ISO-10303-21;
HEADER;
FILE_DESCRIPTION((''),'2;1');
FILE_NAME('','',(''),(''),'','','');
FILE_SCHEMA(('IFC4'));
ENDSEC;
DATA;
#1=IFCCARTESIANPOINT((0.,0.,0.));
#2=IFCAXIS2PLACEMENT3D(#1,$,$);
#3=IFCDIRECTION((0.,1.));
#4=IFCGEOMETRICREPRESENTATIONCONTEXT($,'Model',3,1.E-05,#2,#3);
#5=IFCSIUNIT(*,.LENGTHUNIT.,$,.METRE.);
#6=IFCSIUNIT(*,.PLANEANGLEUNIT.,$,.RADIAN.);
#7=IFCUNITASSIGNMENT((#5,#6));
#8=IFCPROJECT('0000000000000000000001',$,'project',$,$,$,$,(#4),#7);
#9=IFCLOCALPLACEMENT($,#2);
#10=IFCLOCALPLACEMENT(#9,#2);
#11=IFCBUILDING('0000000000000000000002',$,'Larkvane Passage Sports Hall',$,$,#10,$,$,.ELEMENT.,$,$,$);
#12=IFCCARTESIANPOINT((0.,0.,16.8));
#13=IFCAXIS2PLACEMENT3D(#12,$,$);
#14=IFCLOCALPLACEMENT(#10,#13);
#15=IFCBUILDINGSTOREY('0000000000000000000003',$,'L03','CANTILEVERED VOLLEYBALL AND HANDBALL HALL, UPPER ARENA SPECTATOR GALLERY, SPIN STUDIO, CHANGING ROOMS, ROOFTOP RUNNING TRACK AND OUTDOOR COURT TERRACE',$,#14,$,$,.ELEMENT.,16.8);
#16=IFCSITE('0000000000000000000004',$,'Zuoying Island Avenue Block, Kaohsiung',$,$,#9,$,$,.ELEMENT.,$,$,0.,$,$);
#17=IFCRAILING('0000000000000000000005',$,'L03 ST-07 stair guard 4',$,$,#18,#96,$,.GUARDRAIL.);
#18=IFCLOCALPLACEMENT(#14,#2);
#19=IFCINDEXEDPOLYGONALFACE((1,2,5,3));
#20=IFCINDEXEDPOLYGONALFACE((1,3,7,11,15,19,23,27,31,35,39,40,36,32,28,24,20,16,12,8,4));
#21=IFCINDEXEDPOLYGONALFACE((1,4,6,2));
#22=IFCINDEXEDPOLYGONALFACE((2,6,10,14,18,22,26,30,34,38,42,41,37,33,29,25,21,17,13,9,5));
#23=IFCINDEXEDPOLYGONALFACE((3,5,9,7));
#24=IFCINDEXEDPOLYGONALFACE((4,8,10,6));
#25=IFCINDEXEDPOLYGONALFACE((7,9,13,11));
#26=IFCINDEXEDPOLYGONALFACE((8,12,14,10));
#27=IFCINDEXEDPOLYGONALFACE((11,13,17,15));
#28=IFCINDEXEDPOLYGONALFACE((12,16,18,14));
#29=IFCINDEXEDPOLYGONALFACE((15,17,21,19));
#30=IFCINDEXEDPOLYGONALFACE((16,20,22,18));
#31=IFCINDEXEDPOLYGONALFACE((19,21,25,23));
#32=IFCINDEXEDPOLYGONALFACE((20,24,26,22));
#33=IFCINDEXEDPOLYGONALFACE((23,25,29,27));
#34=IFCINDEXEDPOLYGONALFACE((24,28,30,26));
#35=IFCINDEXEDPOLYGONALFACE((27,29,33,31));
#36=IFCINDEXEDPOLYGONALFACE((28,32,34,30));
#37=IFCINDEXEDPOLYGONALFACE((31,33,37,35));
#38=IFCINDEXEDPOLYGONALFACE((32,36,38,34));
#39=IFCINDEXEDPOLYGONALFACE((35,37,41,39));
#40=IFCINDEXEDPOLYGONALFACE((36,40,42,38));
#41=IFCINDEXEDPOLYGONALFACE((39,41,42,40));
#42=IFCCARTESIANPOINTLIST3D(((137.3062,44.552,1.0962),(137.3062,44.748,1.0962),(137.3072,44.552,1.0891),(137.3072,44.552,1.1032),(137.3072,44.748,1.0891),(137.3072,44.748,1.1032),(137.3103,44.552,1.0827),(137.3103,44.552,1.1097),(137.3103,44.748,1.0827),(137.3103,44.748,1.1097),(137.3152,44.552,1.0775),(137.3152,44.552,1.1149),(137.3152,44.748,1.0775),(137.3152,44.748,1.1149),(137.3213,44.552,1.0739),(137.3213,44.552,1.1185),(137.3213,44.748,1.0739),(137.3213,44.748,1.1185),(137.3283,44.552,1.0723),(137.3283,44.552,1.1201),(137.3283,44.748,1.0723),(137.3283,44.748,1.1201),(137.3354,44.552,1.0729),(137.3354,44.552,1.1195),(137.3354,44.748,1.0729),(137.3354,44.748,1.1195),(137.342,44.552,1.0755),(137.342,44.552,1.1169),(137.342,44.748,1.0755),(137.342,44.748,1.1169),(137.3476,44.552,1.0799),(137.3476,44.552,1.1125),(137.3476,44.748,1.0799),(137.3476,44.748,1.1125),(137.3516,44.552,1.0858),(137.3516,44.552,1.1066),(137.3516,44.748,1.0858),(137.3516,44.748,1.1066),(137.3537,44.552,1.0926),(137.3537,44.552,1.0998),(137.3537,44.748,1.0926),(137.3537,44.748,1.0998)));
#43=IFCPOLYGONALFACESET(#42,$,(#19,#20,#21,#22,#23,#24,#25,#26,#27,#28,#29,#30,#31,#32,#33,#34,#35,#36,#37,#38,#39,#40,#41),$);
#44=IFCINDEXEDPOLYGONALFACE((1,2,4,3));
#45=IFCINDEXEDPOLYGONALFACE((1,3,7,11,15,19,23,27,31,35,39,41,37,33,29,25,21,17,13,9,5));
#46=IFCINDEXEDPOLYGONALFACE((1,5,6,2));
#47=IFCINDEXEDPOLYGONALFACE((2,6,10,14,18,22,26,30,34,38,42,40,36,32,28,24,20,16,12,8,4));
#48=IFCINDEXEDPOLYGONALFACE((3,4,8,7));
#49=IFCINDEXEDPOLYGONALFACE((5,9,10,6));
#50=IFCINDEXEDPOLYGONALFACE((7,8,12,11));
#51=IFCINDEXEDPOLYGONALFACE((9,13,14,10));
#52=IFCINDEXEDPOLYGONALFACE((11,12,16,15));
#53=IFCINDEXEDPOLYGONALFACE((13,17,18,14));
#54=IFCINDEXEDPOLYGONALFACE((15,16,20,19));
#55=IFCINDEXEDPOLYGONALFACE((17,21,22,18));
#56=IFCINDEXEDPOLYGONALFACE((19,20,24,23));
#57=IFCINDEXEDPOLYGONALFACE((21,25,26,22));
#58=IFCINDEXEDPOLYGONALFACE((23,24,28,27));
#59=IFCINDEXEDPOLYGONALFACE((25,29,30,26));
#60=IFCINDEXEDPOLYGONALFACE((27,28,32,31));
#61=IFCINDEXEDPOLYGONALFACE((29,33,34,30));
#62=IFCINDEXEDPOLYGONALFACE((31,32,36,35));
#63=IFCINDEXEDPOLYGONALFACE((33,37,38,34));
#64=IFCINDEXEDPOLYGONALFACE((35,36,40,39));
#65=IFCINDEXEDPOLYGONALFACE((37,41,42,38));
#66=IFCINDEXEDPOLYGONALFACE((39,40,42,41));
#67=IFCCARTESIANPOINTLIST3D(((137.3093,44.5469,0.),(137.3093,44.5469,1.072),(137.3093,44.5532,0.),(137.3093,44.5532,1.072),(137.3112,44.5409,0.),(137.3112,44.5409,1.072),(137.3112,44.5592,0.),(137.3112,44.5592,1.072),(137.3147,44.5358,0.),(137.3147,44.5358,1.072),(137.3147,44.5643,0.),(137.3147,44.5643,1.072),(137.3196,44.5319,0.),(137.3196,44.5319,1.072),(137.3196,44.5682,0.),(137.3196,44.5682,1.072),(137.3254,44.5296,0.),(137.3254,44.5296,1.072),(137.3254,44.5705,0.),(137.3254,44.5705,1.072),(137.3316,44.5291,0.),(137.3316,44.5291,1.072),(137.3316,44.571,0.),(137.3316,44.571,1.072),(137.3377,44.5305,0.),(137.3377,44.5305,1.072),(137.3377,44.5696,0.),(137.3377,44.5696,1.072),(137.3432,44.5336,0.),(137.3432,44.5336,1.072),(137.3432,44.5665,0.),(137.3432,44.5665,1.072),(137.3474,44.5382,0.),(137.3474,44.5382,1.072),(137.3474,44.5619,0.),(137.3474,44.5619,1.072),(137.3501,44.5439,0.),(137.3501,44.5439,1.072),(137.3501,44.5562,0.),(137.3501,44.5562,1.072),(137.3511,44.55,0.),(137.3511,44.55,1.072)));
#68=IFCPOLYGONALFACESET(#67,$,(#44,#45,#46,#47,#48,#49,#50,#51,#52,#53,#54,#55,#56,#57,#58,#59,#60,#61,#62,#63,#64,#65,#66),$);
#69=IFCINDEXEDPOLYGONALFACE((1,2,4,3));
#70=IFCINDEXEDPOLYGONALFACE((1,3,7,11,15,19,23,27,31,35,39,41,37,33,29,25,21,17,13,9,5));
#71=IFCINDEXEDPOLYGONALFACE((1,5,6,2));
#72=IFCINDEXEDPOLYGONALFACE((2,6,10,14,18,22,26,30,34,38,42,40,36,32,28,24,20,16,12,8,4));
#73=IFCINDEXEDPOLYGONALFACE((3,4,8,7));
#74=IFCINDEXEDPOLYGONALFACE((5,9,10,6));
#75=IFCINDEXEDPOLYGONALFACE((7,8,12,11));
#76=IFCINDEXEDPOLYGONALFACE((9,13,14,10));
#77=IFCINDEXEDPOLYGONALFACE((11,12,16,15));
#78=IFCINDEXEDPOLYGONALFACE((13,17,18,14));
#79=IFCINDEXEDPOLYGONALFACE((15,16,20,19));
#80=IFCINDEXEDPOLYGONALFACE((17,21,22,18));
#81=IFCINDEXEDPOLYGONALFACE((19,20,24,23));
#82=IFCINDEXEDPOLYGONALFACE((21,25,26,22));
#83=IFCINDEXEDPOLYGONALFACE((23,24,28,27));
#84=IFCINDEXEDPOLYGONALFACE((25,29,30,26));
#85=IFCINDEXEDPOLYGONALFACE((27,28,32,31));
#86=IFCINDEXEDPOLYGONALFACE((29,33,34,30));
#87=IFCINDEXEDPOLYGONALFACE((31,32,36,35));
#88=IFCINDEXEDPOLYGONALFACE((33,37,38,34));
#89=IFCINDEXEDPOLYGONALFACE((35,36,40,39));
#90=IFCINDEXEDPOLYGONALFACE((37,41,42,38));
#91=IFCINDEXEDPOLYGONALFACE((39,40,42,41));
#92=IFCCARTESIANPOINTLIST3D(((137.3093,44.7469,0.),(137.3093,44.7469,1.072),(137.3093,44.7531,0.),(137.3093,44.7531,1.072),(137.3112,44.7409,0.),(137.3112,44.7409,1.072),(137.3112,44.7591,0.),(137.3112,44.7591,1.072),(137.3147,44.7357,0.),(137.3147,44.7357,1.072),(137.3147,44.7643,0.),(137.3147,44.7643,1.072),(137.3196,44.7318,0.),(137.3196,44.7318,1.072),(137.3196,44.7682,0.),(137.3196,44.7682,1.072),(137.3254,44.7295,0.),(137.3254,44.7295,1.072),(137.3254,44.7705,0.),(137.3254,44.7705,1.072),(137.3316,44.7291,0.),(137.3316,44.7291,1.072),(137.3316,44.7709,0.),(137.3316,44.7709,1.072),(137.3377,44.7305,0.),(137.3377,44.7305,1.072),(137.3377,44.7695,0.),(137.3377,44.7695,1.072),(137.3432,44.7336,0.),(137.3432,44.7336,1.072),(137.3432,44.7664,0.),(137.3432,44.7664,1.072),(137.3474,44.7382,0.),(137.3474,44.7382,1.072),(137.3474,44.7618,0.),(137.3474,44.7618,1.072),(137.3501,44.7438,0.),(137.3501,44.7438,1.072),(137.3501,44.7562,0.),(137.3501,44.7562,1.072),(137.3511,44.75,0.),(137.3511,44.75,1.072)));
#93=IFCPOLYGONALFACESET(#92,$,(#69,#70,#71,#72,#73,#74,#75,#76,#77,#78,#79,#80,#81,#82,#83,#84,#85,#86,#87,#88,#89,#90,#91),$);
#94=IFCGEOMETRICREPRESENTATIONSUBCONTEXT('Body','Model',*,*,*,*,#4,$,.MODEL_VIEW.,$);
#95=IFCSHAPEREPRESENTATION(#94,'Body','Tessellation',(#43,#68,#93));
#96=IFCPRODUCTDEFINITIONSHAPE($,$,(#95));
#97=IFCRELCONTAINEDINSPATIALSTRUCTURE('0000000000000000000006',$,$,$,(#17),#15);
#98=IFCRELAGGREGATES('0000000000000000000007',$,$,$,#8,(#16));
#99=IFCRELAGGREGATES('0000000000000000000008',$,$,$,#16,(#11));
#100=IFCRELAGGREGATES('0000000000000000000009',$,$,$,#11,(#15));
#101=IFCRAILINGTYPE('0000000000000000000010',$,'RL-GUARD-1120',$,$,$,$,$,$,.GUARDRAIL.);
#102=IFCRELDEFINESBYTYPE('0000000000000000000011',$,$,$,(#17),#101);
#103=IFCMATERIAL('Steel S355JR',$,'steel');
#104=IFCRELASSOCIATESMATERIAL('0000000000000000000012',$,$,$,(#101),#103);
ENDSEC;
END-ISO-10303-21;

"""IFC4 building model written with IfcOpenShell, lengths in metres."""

from ifc_helpers import new_model, si_unit, direction, frame, origin, origin_2d, place, context, subcontext, project, spatial, circle, extrude, material, type_object, element, save


model = new_model("IFC4")

# Units and contexts
model_context = context("Model", 3, precision=1e-05, world=origin(), true_north=direction((0.0, 1.0)))
body_context = subcontext(model_context, "Body", "Model", "MODEL_VIEW")
ifc_project = project(units=[si_unit("LENGTHUNIT", "METRE"), si_unit("PLANEANGLEUNIT", "RADIAN")], contexts=[model_context])

# Site, building, storey
site_placement = place(None, origin())
site = spatial("IfcSite", under=ifc_project, at=site_placement, Name="Zuoying Island Avenue Block, Kaohsiung", CompositionType="ELEMENT", RefElevation=0.0)
building_placement = place(site_placement, origin())
building = spatial("IfcBuilding", under=site, at=building_placement, Name="Larkvane Passage Sports Hall", CompositionType="ELEMENT")
storey_placement = place(building_placement, frame((0.0, 0.0, 16.8)))
storey = spatial("IfcBuildingStorey", under=building, at=storey_placement, Name="L03", Description="CANTILEVERED VOLLEYBALL AND HANDBALL HALL, UPPER ARENA SPECTATOR GALLERY, SPIN STUDIO, CHANGING ROOMS, ROOFTOP RUNNING TRACK AND OUTDOOR COURT TERRACE", CompositionType="ELEMENT", Elevation=16.8)

# Shared definitions
ifc_material_1 = material(Name="Steel S355JR", Category="steel")

# Railing
railing_type_1 = type_object("IfcRailingType", Name="RL-GUARD-1120", PredefinedType="GUARDRAIL", material=ifc_material_1)
railing_1_placement = place(storey_placement, frame((137.3301, 44.55, 0.0)))
element("IfcRailing", 1, at=railing_1_placement, inside=storey, type_object=railing_type_1, Name="L03 ST-07 stair guard 4", PredefinedType="GUARDRAIL", context=body_context, shape_type="SweptSolid", body=[
    extrude(circle(Radius=0.0239, at=origin_2d()), frame((0.0, 0.002, 1.0962), z_axis=(0.0, 1.0, 0.0), x_axis=(-1.0, 0.0, 0.0)), (0.0, 0.0, 1.0), 0.196),
    extrude(circle(Radius=0.021, at=origin_2d()), origin(), (0.0, 0.0, 1.0), 1.072),
    extrude(circle(Radius=0.021, at=origin_2d()), frame((0.0, 0.2, 0.0)), (0.0, 0.0, 1.0), 1.072),
])

save(model, "model.ifc")
